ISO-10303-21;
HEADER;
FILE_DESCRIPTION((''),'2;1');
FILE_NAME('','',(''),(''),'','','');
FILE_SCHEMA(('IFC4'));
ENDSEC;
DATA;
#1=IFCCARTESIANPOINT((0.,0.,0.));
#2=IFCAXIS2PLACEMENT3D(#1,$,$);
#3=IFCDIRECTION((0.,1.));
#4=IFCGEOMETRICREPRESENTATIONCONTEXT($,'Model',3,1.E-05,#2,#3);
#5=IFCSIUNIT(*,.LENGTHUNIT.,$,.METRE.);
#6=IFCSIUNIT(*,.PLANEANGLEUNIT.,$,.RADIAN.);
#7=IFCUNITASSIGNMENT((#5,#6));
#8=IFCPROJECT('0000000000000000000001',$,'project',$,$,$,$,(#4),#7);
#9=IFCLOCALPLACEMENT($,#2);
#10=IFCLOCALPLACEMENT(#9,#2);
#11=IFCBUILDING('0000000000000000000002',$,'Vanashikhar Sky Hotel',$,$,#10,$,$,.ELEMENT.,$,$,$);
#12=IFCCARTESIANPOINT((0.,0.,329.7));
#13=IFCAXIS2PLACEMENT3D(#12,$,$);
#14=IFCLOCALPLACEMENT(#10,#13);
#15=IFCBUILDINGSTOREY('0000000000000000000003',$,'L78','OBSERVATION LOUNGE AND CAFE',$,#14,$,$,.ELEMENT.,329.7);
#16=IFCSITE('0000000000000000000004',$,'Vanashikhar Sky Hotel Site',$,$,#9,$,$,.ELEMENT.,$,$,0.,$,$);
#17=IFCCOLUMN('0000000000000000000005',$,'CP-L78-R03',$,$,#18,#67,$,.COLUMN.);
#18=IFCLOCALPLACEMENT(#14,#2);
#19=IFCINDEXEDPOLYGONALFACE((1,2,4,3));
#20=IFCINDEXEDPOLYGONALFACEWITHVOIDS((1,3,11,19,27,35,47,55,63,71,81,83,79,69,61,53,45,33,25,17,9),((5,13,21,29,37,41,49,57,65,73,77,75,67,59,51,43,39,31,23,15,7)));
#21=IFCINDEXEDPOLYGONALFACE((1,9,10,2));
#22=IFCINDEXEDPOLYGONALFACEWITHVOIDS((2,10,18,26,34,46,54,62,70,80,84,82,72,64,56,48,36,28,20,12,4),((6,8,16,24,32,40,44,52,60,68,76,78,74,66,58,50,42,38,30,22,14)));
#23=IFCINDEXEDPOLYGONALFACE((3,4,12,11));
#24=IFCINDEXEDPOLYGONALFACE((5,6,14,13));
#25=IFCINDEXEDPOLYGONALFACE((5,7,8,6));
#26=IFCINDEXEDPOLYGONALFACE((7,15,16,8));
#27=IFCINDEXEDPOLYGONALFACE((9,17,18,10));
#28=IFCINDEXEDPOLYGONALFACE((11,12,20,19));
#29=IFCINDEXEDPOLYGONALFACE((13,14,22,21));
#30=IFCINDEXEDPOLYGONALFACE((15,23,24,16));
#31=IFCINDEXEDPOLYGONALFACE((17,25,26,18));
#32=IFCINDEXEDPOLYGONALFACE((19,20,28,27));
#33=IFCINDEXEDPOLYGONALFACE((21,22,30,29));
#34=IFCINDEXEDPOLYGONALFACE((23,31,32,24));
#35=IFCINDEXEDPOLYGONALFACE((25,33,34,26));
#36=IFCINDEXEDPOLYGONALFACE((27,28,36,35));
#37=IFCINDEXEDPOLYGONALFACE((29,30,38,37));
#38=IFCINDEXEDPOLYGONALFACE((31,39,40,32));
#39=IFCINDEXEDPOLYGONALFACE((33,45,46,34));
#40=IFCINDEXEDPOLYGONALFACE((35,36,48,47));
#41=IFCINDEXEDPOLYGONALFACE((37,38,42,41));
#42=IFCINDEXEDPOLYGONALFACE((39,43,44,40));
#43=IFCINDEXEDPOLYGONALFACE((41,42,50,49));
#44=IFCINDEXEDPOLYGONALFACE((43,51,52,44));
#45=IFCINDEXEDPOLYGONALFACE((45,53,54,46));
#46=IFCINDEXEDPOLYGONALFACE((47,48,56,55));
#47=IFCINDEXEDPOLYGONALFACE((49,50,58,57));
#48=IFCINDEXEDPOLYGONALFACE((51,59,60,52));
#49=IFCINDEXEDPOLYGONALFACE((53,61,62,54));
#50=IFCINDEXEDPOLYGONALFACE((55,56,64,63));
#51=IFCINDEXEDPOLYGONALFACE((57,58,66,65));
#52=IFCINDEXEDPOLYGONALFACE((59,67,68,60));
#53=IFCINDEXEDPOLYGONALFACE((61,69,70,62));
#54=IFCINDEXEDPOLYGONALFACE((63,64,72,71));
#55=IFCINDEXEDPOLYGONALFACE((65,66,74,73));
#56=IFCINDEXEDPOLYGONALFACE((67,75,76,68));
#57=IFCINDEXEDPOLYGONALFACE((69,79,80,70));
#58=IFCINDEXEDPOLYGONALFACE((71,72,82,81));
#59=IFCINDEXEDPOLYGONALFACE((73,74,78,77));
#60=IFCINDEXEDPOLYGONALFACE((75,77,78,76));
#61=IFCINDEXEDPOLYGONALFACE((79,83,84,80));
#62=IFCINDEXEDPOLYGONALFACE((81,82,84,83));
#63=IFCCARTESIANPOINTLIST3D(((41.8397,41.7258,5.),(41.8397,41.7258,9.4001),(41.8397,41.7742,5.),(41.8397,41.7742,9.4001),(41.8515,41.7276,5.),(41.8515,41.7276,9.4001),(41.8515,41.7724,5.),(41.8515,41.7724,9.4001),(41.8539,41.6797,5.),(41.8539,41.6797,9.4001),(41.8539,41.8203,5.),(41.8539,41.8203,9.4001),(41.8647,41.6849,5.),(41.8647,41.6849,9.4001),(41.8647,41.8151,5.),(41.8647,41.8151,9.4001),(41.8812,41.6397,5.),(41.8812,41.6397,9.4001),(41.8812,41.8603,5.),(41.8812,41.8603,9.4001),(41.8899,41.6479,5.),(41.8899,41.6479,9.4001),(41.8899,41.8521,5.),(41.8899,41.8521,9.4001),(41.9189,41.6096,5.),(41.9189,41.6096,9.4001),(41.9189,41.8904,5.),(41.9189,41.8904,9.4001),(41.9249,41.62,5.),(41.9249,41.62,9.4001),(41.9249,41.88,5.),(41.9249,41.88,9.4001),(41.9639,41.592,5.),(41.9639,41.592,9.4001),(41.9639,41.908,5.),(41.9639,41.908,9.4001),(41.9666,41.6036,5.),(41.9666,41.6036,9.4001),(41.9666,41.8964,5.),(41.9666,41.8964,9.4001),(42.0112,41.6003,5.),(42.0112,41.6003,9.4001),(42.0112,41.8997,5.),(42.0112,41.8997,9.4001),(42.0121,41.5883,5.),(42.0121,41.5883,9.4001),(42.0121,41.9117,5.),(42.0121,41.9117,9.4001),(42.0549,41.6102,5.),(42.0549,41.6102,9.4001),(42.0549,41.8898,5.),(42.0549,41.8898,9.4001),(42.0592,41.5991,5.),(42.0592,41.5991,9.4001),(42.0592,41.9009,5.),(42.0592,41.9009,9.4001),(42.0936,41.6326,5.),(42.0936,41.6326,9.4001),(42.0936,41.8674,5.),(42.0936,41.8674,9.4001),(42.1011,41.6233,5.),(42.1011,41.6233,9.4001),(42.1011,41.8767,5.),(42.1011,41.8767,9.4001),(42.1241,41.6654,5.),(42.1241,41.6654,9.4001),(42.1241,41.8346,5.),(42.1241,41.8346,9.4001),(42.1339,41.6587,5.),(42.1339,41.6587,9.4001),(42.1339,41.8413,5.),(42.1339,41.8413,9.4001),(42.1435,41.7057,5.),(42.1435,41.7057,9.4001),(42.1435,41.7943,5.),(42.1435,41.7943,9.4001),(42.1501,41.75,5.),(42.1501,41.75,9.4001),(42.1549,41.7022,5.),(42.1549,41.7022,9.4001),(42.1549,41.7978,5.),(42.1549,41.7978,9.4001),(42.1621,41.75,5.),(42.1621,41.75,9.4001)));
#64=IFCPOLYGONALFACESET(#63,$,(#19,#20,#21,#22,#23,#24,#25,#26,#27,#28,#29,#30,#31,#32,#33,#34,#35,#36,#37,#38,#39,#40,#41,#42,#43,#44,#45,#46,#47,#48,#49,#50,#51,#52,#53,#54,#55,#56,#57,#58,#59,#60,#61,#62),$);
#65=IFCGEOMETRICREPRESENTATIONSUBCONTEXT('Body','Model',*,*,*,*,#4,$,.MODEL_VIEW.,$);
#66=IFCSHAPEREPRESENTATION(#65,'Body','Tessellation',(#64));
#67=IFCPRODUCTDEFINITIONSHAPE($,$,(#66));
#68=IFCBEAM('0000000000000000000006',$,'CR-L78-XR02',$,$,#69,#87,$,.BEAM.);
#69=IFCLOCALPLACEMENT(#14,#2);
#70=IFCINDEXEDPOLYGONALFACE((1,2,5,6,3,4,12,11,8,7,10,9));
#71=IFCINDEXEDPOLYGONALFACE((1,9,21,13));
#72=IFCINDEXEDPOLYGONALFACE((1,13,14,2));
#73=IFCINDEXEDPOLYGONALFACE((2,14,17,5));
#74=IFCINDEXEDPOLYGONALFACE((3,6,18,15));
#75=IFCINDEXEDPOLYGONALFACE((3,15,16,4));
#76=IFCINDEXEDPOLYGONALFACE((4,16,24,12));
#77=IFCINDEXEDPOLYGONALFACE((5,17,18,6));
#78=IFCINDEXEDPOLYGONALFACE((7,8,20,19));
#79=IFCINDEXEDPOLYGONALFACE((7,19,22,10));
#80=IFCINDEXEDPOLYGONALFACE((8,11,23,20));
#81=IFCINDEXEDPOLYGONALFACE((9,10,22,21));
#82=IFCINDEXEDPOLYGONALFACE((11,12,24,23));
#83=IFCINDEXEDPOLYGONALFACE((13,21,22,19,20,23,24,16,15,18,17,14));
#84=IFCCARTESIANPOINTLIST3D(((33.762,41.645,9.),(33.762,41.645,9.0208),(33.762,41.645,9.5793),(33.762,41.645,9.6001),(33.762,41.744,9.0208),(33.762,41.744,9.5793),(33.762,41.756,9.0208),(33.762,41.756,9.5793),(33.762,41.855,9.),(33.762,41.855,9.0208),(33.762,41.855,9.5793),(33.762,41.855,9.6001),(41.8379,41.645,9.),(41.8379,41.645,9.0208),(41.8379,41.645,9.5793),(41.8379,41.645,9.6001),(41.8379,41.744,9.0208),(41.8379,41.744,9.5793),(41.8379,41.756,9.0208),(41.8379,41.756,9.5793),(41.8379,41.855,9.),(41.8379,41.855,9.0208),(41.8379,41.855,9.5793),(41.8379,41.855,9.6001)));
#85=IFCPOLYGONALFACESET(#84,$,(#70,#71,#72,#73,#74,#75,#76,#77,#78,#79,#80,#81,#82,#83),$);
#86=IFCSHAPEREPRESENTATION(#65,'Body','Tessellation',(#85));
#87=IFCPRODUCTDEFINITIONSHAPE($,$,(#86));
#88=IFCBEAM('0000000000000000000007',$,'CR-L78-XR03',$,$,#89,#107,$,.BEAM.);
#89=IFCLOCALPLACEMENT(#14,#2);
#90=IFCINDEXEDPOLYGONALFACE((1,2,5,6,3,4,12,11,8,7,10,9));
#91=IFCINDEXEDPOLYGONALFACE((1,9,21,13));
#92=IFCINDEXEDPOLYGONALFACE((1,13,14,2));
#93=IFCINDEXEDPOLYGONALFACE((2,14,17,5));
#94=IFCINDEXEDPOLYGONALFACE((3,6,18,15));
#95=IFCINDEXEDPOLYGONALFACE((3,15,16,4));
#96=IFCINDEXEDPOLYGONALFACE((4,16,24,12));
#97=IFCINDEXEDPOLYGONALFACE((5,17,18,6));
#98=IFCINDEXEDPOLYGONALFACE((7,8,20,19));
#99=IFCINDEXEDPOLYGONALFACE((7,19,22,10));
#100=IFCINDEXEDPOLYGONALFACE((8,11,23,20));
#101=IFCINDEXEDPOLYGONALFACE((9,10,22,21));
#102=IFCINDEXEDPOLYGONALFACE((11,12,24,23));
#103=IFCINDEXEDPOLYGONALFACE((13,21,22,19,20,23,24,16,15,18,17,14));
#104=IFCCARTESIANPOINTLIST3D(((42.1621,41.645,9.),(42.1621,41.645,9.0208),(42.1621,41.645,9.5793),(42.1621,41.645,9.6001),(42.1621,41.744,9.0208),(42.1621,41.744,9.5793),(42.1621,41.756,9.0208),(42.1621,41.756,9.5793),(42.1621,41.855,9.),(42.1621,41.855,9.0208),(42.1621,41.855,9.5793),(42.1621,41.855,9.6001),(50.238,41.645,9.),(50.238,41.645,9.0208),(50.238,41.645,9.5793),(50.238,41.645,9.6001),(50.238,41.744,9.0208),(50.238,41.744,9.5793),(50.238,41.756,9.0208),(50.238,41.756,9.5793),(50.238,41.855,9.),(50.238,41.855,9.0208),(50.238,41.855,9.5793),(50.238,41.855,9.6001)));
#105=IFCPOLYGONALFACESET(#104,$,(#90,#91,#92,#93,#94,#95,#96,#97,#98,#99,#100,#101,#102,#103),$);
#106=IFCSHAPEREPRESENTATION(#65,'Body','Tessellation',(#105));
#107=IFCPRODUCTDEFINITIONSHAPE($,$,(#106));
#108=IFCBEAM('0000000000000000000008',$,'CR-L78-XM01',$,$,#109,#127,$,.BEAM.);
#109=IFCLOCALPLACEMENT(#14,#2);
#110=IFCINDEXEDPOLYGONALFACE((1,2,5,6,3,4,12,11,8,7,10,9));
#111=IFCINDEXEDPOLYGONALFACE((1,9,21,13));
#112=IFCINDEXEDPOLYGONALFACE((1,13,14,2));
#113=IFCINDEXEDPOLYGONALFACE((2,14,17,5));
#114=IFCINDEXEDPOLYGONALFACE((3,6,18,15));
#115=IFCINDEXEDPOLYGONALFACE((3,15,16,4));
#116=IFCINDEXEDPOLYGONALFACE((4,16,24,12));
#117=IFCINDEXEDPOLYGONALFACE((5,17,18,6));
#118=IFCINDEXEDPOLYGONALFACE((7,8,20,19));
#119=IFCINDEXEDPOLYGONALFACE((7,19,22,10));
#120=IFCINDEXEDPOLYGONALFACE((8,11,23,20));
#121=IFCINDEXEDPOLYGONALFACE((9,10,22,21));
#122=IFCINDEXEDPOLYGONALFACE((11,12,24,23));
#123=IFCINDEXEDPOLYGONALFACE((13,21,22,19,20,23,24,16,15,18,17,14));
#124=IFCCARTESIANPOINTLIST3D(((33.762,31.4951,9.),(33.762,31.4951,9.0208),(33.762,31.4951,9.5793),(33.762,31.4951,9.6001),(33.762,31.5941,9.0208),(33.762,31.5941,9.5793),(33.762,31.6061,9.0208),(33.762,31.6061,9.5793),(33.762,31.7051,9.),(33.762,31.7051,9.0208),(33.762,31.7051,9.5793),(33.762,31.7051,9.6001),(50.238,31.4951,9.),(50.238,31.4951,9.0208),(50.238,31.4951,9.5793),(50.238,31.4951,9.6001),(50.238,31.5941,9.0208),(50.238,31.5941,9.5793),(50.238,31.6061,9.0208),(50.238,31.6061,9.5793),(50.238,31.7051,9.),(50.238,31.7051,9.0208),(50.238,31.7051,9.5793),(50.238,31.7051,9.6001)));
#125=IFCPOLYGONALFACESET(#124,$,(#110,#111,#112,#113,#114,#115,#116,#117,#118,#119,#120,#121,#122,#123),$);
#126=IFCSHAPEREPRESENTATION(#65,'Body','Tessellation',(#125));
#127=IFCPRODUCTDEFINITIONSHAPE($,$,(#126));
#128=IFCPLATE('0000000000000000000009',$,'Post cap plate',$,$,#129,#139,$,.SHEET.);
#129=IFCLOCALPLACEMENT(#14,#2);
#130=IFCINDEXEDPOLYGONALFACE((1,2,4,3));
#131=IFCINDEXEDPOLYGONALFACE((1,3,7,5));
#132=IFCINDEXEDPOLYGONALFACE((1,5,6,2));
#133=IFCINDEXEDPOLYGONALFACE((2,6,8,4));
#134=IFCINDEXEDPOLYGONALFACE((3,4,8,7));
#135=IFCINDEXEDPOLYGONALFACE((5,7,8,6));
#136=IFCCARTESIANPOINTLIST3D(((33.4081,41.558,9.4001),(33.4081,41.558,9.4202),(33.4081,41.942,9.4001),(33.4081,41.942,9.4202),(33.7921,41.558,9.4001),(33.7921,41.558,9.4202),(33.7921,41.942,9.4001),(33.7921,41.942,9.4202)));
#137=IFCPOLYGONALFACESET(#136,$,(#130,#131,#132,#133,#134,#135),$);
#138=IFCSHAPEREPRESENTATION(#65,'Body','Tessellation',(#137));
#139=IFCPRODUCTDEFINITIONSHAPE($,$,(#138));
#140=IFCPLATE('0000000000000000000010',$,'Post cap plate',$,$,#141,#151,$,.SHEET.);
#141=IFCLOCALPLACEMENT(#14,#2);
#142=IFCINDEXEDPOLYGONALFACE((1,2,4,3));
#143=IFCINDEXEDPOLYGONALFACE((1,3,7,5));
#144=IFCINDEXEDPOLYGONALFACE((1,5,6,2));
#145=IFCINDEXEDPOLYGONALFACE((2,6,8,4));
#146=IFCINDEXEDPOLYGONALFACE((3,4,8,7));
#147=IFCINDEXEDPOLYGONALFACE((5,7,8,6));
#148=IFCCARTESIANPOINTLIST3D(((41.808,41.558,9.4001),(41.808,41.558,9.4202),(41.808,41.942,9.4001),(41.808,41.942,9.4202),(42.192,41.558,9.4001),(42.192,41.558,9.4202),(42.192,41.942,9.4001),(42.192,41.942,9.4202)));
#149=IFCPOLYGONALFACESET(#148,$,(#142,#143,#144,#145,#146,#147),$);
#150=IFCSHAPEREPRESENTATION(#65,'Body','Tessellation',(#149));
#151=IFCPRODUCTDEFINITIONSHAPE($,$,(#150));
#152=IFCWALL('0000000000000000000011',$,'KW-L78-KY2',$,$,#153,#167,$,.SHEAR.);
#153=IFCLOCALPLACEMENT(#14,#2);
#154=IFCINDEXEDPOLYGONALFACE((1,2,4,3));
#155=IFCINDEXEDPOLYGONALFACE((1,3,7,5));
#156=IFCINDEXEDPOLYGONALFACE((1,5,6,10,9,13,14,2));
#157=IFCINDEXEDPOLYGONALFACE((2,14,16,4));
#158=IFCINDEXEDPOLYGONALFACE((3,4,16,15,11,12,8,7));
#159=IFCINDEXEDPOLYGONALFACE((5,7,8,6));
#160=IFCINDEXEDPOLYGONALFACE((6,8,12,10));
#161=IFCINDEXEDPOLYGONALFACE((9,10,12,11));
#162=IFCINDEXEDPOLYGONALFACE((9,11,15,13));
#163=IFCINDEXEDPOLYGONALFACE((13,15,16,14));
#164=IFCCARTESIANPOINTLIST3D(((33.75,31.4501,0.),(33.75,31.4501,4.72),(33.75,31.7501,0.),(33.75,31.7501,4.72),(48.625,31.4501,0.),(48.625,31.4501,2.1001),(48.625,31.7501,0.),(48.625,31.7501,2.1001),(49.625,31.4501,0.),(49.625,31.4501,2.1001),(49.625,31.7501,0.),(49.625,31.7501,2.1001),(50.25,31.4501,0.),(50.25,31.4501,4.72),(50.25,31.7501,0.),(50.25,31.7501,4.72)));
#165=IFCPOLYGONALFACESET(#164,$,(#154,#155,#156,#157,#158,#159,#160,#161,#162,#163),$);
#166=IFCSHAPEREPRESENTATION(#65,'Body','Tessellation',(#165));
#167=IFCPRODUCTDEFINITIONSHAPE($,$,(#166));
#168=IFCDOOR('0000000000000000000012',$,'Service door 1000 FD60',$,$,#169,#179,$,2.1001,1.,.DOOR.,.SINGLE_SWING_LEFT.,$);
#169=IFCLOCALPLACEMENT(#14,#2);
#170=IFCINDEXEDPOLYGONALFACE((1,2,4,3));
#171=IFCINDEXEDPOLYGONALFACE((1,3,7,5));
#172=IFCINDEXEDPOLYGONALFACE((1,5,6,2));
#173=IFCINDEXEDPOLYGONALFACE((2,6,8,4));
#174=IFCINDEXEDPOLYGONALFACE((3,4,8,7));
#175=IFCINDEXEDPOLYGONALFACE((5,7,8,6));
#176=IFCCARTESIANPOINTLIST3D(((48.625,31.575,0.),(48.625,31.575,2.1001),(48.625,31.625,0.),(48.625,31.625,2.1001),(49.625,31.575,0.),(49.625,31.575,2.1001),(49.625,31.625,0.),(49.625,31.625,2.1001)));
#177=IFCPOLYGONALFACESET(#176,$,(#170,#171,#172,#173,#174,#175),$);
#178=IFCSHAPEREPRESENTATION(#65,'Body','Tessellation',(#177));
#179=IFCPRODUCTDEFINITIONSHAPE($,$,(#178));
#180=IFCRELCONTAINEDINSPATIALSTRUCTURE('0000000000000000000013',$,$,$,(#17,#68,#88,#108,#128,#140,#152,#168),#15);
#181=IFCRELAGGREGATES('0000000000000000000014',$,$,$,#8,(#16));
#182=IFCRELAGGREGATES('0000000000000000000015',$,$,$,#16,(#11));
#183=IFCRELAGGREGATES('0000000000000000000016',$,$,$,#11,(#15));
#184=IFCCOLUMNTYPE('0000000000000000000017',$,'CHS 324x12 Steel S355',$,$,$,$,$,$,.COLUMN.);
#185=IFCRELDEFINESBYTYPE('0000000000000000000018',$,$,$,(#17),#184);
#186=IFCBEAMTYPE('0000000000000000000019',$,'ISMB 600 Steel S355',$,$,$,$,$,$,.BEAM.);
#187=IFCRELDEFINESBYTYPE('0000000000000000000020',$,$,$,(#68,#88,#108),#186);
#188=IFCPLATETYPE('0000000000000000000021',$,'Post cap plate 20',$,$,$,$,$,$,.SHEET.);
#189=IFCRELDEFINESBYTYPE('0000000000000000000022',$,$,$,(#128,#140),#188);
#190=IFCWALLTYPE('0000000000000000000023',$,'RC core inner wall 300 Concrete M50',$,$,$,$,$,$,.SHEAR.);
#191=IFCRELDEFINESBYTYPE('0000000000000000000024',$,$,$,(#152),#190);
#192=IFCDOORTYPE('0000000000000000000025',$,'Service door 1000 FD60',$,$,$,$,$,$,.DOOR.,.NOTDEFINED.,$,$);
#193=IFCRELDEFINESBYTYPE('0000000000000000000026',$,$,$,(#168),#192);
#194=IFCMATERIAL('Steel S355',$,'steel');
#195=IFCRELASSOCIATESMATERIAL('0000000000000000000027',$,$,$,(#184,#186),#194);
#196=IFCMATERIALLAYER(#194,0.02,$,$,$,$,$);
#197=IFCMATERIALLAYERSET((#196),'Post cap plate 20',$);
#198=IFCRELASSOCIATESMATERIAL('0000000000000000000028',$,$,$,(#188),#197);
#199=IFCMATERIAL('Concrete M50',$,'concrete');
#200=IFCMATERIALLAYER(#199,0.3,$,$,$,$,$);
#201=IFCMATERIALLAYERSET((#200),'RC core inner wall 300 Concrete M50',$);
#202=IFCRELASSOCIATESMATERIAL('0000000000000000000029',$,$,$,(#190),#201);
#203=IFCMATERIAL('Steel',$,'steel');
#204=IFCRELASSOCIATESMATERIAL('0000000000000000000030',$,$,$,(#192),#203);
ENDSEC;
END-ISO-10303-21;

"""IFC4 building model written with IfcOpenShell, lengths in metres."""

from ifc_helpers import new_model, si_unit, direction, frame, frame_2d, origin, origin_2d, place, context, subcontext, project, spatial, rectangle, hollow_circle, i_section, extrude, source, transform, mapped, material, layer, layer_set, material_profile, profile_set, type_object, element, fill, save


model = new_model("IFC4")

# Units and contexts
model_context = context("Model", 3, precision=1e-05, world=origin(), true_north=direction((0.0, 1.0)))
body_context = subcontext(model_context, "Body", "Model", "MODEL_VIEW")
ifc_project = project(units=[si_unit("LENGTHUNIT", "METRE"), si_unit("PLANEANGLEUNIT", "RADIAN")], contexts=[model_context])

# Site, building, storey
site_placement = place(None, origin())
site = spatial("IfcSite", under=ifc_project, at=site_placement, Name="Vanashikhar Sky Hotel Site", CompositionType="ELEMENT", RefElevation=0.0)
building_placement = place(site_placement, origin())
building = spatial("IfcBuilding", under=site, at=building_placement, Name="Vanashikhar Sky Hotel", CompositionType="ELEMENT")
storey_placement = place(building_placement, frame((0.0, 0.0, 329.7)))
storey = spatial("IfcBuildingStorey", under=building, at=storey_placement, Name="L78", Description="OBSERVATION LOUNGE AND CAFE", CompositionType="ELEMENT", Elevation=329.7)

# Column
ifc_material_1 = material(Name="Steel S355", Category="steel")
ifc_material_profile_1 = material_profile(ifc_material_1, hollow_circle(Radius=0.1621, WallThickness=0.012, at=origin_2d()))
ifc_profile_set_1 = profile_set([ifc_material_profile_1], Name="CHS 324x12 Steel S355")
column_type = type_object("IfcColumnType", Name="CHS 324x12 Steel S355", PredefinedType="COLUMN", material=ifc_profile_set_1)
shared_shape_1 = source(origin(), body_context, "Body", "SweptSolid", [
    extrude(hollow_circle(Radius=0.1621, WallThickness=0.012, at=origin_2d()), origin(), (0.0, 0.0, 1.0), 4.4001),
])
column_placement = place(storey_placement, frame((42.0, 41.75, 5.0), z_axis=(0.0, 0.0, 1.0), x_axis=(1.0, 0.0, 0.0)))
element("IfcColumn", 1, at=column_placement, inside=storey, type_object=column_type, Name="CP-L78-R03", PredefinedType="COLUMN", context=body_context, shape_type="MappedRepresentation", body=[
    mapped(shared_shape_1, transform((0.0, 0.0, 0.0), scale=1.0)),
])

# Beams
ifc_material_profile_2 = material_profile(ifc_material_1, i_section(OverallWidth=0.21, OverallDepth=0.6001, WebThickness=0.012, FlangeThickness=0.0208, at=origin_2d()), Name="ISMB 600")
ifc_profile_set_2 = profile_set([ifc_material_profile_2], Name="Steel S355")
beam_type = type_object("IfcBeamType", Name="ISMB 600 Steel S355", PredefinedType="BEAM", material=ifc_profile_set_2)
shared_shape_2 = source(origin(), body_context, "Body", "SweptSolid", [
    extrude(i_section(OverallWidth=0.21, OverallDepth=0.6001, WebThickness=0.012, FlangeThickness=0.0208, at=origin_2d()), origin(), (0.0, 0.0, 1.0), 8.0759),
])
for number, where, z_axis, x_axis, name in (
    (2, (33.762, 41.75, 9.3), (1.0, 0.0, 0.0), (0.0, 1.0, 0.0), "CR-L78-XR02"),
    (3, (42.1621, 41.75, 9.3), (1.0, 0.0, 0.0), (0.0, 1.0, 0.0), "CR-L78-XR03"),
):
    element("IfcBeam", number, at=place(storey_placement, frame(where, z_axis=z_axis, x_axis=x_axis)), inside=storey, type_object=beam_type, Name=name, PredefinedType="BEAM", context=body_context, shape_type="MappedRepresentation", body=[
        mapped(shared_shape_2, transform((0.0, 0.0, 0.0), scale=1.0)),
    ])
shared_shape_3 = source(origin(), body_context, "Body", "SweptSolid", [
    extrude(i_section(OverallWidth=0.21, OverallDepth=0.6001, WebThickness=0.012, FlangeThickness=0.0208, at=origin_2d()), origin(), (0.0, 0.0, 1.0), 16.4761),
])
beam_placement = place(storey_placement, frame((33.762, 31.6001, 9.3), z_axis=(1.0, 0.0, 0.0), x_axis=(0.0, 1.0, 0.0)))
element("IfcBeam", 4, at=beam_placement, inside=storey, type_object=beam_type, Name="CR-L78-XM01", PredefinedType="BEAM", context=body_context, shape_type="MappedRepresentation", body=[
    mapped(shared_shape_3, transform((0.0, 0.0, 0.0), scale=1.0)),
])

# Plates
ifc_layer_1 = layer(ifc_material_1, 0.02)
ifc_layer_set_1 = layer_set([ifc_layer_1], Name="Post cap plate 20")
plate_type = type_object("IfcPlateType", Name="Post cap plate 20", PredefinedType="SHEET", material=ifc_layer_set_1)
shared_shape_4 = source(origin(), body_context, "Body", "SweptSolid", [
    extrude(rectangle(XDim=0.384, YDim=0.384, at=origin_2d()), origin(), (0.0, 0.0, 1.0), 0.02),
])
for number, where, z_axis, x_axis, name in (
    (5, (33.6001, 41.75, 9.4001), (0.0, 0.0, 1.0), (1.0, 0.0, 0.0), "Post cap plate"),
    (6, (42.0, 41.75, 9.4001), (0.0, 0.0, 1.0), (1.0, 0.0, 0.0), "Post cap plate"),
):
    element("IfcPlate", number, at=place(storey_placement, frame(where, z_axis=z_axis, x_axis=x_axis)), inside=storey, type_object=plate_type, Name=name, PredefinedType="SHEET", context=body_context, shape_type="MappedRepresentation", body=[
        mapped(shared_shape_4, transform((0.0, 0.0, 0.0), scale=1.0)),
    ])

# Wall, opening, door
ifc_material_2 = material(Name="Concrete M50", Category="concrete")
ifc_layer_2 = layer(ifc_material_2, 0.3)
ifc_layer_set_2 = layer_set([ifc_layer_2], Name="RC core inner wall 300 Concrete M50")
wall_type_1 = type_object("IfcWallType", Name="RC core inner wall 300 Concrete M50", PredefinedType="SHEAR", material=ifc_layer_set_2)
shared_shape_5 = source(origin(), body_context, "Body", "SweptSolid", [
    extrude(rectangle(XDim=16.5, YDim=0.3, at=frame_2d((8.25, 0.0))), origin(), (0.0, 0.0, 1.0), 4.72),
])
wall_1_placement = place(storey_placement, frame((33.75, 31.6001, 0.0), z_axis=(0.0, 0.0, 1.0), x_axis=(1.0, 0.0, 0.0)))
wall_1 = element("IfcWall", 7, at=wall_1_placement, inside=storey, type_object=wall_type_1, Name="KW-L78-KY2", PredefinedType="SHEAR", context=body_context, shape_type="MappedRepresentation", body=[
    mapped(shared_shape_5, transform((0.0, 0.0, 0.0), scale=1.0)),
])
shared_shape_6 = source(origin(), body_context, "Body", "SweptSolid", [
    extrude(rectangle(XDim=1.0, YDim=2.1001, at=frame_2d((0.5, 1.05))), frame((0.0, 0.1602, 0.0), z_axis=(0.0, -1.0, 0.0), x_axis=(1.0, 0.0, 0.0)), (0.0, 0.0, 1.0), 0.3201),
])
opening_1_placement = place(wall_1_placement, frame((14.875, 0.0, 0.0)))
opening_1 = element("IfcOpeningElement", 8, at=opening_1_placement, cuts=wall_1, PredefinedType="OPENING", context=body_context, shape_type="MappedRepresentation", body=[
    mapped(shared_shape_6, transform((0.0, 0.0, 0.0), scale=1.0)),
])
ifc_material_3 = material(Name="Steel", Category="steel")
door_type_1 = type_object("IfcDoorType", Name="Service door 1000 FD60", OperationType="NOTDEFINED", PredefinedType="DOOR", material=ifc_material_3)
shared_shape_7 = source(origin(), body_context, "Body", "SweptSolid", [
    extrude(rectangle(XDim=1.0, YDim=2.1001, at=frame_2d((0.5, 1.05))), frame((0.0, 0.0249, 0.0), z_axis=(0.0, -1.0, 0.0), x_axis=(1.0, 0.0, 0.0)), (0.0, 0.0, 1.0), 0.05),
])
door_1_placement = place(opening_1_placement, origin())
door_1 = element("IfcDoor", 9, at=door_1_placement, inside=storey, type_object=door_type_1, Name="Service door 1000 FD60", OperationType="SINGLE_SWING_LEFT", OverallHeight=2.1001, OverallWidth=1.0, PredefinedType="DOOR", context=body_context, shape_type="MappedRepresentation", body=[
    mapped(shared_shape_7, transform((0.0, 0.0, 0.0), scale=1.0)),
])
fill(opening_1, door_1)

save(model, "model.ifc")
